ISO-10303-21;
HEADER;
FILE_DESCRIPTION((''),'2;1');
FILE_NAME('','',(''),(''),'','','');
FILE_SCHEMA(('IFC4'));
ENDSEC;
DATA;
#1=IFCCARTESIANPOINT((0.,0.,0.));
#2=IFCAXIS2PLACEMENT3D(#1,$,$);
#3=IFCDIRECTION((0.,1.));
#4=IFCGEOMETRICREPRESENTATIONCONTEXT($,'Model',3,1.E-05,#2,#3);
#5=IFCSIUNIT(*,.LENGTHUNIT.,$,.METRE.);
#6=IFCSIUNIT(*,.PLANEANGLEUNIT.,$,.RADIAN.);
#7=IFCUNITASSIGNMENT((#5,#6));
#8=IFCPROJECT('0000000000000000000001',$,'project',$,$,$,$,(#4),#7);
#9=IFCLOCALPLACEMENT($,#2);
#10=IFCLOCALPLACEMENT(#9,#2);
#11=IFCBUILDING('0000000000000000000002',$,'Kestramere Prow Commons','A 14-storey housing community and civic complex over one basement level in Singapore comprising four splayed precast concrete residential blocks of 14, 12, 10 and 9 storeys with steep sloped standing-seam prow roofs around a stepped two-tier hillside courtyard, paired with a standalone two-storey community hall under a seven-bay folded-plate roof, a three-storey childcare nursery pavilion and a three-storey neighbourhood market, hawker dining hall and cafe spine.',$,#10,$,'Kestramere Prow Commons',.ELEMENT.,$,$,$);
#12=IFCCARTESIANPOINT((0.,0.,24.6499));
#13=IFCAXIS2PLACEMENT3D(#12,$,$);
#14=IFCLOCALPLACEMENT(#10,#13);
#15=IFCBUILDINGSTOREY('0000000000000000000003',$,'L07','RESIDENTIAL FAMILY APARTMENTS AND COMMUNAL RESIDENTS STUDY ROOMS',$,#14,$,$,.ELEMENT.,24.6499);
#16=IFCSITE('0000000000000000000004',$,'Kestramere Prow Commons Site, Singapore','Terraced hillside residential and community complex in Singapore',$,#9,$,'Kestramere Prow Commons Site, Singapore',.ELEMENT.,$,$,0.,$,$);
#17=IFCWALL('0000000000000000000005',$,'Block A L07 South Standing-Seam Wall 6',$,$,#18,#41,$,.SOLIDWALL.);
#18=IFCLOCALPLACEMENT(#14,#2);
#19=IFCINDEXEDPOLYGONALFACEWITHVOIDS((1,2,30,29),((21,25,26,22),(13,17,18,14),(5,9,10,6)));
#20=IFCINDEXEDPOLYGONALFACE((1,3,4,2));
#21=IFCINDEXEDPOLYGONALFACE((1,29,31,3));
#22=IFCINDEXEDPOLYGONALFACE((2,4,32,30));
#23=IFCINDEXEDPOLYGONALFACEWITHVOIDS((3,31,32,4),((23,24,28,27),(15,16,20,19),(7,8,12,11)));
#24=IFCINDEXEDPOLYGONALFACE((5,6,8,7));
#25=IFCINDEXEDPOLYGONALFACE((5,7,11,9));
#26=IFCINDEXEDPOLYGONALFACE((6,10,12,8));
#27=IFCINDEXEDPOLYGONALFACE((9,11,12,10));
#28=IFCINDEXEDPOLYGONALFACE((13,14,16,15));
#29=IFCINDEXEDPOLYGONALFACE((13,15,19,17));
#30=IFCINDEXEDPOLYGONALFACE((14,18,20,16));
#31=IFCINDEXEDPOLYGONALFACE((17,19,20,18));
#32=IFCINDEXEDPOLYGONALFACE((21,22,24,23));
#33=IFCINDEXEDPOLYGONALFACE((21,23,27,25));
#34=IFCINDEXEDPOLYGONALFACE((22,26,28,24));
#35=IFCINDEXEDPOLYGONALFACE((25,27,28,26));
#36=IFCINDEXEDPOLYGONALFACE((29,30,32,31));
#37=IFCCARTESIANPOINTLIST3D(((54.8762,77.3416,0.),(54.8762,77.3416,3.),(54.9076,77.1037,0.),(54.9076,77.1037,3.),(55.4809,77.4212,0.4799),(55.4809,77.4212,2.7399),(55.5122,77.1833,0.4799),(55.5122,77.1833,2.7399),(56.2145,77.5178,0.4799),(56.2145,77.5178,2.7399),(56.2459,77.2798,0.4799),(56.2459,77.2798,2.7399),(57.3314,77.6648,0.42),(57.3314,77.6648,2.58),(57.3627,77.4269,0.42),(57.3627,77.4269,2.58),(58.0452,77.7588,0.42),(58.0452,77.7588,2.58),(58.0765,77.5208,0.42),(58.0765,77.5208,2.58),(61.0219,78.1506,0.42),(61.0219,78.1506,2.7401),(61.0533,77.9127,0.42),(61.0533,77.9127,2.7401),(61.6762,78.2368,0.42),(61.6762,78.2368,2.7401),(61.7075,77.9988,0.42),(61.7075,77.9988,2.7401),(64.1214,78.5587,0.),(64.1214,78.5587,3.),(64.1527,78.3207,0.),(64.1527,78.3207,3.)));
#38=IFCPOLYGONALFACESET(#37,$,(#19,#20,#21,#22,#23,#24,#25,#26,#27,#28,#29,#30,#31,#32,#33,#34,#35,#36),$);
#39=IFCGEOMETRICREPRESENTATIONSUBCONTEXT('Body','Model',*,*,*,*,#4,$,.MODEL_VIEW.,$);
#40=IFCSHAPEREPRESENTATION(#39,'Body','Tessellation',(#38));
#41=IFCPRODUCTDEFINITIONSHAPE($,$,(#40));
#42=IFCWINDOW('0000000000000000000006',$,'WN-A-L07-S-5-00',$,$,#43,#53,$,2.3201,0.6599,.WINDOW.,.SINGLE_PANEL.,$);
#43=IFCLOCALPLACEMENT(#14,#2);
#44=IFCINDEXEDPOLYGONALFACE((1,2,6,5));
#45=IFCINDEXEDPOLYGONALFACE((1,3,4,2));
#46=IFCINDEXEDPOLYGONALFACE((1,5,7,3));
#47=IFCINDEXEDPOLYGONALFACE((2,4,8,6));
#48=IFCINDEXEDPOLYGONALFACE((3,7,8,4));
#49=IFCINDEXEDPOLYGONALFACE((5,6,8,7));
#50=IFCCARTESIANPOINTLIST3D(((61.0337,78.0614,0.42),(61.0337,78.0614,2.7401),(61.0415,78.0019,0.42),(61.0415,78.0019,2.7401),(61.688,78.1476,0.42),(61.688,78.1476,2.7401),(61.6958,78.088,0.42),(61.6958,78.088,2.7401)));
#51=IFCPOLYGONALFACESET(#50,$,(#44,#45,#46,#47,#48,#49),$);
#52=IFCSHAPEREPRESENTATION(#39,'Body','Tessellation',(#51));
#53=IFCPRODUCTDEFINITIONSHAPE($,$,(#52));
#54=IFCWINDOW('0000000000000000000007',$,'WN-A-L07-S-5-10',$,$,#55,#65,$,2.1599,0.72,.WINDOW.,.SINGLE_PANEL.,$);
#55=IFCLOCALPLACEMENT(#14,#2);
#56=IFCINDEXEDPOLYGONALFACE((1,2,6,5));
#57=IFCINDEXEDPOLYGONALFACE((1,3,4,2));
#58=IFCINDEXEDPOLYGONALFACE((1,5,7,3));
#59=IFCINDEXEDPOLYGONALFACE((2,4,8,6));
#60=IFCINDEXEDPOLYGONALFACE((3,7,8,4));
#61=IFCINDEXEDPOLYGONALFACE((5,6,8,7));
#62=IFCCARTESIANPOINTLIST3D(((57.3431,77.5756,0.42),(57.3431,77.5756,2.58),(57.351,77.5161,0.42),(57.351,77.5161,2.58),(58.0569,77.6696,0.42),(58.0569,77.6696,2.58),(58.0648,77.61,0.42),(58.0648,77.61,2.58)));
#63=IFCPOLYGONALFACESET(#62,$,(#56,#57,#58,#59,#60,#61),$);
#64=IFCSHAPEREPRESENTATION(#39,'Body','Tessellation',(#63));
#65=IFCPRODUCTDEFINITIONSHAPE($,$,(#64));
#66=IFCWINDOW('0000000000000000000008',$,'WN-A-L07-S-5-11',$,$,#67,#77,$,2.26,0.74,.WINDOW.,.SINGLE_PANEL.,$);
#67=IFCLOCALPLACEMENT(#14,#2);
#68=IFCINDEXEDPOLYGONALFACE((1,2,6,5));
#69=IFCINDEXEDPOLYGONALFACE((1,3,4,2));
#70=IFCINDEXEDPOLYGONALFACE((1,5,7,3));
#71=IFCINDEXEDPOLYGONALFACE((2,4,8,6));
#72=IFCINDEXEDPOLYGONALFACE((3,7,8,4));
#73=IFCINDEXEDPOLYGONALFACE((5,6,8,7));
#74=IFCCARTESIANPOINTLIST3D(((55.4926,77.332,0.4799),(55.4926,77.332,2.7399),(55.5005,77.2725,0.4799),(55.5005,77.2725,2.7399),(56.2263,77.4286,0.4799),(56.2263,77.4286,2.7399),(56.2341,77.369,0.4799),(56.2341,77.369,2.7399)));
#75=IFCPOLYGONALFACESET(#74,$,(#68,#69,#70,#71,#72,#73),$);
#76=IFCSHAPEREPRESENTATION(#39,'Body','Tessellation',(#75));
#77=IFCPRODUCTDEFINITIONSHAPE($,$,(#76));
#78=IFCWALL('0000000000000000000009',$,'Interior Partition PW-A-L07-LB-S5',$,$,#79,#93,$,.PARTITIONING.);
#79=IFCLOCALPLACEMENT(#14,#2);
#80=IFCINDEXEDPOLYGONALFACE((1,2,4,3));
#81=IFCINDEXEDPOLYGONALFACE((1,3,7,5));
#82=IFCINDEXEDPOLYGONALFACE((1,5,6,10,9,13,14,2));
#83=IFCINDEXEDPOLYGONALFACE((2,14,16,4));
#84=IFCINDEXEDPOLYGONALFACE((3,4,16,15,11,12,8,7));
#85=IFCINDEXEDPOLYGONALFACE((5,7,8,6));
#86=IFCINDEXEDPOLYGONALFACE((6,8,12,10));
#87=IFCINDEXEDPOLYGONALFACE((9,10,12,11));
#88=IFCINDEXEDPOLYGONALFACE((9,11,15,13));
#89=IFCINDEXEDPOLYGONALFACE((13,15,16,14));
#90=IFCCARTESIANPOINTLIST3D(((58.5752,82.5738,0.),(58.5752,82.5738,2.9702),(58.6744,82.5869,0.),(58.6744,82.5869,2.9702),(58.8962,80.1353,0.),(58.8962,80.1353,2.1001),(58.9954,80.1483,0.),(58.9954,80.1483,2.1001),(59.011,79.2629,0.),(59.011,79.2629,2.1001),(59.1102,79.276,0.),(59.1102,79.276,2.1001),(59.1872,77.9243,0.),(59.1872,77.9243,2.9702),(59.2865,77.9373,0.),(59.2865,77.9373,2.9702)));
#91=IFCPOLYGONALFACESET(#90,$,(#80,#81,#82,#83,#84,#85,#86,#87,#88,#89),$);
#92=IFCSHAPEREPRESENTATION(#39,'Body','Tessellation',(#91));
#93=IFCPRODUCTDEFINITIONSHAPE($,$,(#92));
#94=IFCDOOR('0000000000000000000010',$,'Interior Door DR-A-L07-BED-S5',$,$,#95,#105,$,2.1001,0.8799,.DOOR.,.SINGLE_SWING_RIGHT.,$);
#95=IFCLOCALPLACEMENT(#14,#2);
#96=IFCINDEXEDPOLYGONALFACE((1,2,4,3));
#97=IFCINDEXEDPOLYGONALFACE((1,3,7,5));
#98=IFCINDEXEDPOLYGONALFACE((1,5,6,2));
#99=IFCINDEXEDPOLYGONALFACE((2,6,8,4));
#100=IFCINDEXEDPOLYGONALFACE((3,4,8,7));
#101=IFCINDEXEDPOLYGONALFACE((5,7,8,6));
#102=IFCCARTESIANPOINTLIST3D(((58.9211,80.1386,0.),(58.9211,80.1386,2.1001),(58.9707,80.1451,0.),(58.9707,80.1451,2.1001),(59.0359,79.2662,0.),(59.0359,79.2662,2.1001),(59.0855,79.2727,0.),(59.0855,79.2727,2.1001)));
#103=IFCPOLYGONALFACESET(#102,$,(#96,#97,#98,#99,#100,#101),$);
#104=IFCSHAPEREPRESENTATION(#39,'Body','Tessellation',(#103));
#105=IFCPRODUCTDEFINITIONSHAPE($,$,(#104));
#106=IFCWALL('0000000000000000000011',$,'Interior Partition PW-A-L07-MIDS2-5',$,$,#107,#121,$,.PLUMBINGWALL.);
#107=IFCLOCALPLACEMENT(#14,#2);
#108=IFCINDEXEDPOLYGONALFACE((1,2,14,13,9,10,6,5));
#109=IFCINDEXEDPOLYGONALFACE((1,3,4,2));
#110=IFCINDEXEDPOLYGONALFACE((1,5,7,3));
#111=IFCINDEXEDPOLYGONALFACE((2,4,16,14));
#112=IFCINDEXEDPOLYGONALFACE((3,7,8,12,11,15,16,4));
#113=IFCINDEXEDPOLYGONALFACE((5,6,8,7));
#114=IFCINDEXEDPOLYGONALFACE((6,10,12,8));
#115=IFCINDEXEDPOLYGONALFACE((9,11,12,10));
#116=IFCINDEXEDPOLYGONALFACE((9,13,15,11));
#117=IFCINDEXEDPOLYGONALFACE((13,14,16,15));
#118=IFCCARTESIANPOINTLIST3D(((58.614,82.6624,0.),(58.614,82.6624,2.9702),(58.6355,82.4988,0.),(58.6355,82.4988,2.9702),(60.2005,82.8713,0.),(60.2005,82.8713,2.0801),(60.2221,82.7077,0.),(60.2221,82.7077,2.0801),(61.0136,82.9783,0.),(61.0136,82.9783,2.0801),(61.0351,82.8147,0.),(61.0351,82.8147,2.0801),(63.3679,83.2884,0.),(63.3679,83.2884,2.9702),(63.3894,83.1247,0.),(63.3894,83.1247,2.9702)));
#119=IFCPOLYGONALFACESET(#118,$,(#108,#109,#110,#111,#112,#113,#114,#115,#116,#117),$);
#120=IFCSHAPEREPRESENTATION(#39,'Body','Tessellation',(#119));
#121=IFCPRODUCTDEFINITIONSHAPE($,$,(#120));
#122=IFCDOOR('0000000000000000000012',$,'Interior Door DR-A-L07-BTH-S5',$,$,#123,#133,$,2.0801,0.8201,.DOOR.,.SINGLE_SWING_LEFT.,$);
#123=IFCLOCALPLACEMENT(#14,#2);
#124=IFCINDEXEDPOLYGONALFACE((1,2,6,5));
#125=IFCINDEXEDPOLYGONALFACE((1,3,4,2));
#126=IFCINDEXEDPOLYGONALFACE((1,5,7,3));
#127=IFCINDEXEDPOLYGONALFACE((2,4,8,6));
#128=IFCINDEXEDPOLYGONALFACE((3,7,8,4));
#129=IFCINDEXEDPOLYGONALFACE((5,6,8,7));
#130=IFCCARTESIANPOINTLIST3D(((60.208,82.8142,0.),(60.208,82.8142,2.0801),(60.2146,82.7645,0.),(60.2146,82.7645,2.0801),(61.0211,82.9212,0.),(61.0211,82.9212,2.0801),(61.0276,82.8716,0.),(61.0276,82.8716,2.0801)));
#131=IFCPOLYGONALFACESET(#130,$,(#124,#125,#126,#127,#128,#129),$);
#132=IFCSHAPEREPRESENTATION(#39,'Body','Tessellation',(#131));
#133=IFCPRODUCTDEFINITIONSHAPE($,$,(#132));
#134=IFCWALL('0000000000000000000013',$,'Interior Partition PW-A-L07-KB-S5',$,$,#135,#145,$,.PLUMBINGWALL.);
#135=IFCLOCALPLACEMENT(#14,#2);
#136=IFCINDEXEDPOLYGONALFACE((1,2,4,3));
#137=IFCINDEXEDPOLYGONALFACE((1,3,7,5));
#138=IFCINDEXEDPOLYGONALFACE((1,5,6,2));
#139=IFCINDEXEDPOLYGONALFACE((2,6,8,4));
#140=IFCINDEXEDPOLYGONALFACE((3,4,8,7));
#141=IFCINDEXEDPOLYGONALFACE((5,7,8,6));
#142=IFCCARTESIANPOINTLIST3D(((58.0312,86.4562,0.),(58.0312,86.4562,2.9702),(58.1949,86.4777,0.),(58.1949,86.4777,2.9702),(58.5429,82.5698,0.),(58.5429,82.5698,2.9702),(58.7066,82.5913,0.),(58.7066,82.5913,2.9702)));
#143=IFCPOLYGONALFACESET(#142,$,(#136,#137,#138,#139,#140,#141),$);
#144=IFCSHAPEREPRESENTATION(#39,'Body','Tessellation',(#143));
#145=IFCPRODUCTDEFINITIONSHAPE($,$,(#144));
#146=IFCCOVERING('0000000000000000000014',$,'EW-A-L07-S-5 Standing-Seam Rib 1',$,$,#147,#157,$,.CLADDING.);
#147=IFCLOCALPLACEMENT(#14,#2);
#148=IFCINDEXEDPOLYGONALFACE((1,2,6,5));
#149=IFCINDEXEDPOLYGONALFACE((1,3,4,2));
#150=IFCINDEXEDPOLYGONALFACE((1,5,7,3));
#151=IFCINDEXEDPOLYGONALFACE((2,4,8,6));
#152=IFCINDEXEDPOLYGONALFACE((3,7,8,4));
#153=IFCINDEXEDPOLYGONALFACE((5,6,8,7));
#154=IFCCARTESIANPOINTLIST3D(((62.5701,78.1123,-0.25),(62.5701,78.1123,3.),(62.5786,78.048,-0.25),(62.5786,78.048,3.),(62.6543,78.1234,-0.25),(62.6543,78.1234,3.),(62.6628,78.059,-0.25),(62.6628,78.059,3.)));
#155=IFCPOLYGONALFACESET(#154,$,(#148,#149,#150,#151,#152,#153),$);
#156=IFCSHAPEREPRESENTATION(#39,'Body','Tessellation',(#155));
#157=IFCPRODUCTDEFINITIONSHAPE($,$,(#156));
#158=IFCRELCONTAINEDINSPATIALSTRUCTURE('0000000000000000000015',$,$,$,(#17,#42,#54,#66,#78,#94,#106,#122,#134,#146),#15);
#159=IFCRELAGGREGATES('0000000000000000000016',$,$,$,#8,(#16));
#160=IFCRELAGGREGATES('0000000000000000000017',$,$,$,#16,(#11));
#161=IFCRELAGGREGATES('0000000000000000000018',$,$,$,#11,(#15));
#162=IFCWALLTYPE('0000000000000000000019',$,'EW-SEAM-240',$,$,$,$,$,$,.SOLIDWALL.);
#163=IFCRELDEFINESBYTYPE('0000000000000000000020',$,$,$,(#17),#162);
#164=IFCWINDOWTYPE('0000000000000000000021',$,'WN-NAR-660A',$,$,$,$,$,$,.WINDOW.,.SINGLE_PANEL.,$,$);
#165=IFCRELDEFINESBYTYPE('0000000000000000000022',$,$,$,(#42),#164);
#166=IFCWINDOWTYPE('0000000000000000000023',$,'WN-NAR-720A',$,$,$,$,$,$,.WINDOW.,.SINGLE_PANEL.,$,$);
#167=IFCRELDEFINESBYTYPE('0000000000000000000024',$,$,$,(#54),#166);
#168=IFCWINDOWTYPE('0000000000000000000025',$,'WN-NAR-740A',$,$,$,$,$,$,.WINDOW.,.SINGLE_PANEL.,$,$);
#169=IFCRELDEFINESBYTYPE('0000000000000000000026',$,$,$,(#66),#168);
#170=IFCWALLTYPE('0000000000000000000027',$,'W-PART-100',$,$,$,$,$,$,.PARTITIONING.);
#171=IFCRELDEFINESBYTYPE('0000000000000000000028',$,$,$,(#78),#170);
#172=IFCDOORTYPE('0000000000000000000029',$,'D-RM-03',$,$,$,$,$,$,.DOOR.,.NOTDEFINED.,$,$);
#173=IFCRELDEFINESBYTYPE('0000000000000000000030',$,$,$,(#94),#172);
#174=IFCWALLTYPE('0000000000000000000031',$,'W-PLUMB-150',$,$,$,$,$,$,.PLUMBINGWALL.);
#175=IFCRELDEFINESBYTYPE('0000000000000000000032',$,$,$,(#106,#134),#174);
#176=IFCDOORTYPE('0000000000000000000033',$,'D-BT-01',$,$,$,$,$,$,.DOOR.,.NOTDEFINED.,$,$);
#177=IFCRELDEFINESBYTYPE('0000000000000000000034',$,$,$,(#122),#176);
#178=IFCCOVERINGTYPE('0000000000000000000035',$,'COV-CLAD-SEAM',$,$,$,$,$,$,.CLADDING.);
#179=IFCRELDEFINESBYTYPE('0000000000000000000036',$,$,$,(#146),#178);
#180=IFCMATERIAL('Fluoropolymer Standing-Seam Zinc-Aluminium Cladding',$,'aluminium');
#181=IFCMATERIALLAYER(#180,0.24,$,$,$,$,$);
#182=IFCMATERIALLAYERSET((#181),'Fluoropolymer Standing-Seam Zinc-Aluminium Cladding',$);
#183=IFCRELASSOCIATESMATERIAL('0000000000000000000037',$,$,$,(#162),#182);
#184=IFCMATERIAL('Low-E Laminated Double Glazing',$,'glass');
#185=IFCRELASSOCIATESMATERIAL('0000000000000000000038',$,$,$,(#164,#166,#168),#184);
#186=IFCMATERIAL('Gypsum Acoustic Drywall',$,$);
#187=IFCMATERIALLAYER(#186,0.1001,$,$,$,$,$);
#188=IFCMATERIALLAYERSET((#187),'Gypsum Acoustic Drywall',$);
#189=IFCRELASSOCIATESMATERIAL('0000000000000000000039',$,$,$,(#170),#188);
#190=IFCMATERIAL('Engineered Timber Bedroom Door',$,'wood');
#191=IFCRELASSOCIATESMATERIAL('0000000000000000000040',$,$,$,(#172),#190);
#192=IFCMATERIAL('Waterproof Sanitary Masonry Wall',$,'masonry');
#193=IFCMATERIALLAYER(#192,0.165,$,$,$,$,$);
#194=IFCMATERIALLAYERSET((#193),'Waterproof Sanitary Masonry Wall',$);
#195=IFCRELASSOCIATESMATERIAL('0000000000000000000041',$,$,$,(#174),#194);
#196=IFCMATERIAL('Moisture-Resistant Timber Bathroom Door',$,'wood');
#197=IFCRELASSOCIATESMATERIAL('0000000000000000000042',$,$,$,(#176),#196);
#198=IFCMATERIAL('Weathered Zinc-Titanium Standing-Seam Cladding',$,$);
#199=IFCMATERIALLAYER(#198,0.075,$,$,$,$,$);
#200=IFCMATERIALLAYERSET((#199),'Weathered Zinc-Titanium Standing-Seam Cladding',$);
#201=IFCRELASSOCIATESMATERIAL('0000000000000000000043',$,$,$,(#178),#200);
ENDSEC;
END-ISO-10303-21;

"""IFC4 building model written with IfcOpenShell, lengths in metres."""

from ifc_helpers import new_model, si_unit, direction, frame, frame_2d, origin, origin_2d, place, context, subcontext, project, spatial, rectangle, extrude, material, layer, layer_set, type_object, element, fill, save


model = new_model("IFC4")

# Units and contexts
model_context = context("Model", 3, precision=1e-05, world=origin(), true_north=direction((0.0, 1.0)))
body_context = subcontext(model_context, "Body", "Model", "MODEL_VIEW")
ifc_project = project(units=[si_unit("LENGTHUNIT", "METRE"), si_unit("PLANEANGLEUNIT", "RADIAN")], contexts=[model_context])

# Site, building, storey
site_placement = place(None, origin())
site = spatial("IfcSite", under=ifc_project, at=site_placement, Name="Kestramere Prow Commons Site, Singapore", Description="Terraced hillside residential and community complex in Singapore", LongName="Kestramere Prow Commons Site, Singapore", CompositionType="ELEMENT", RefElevation=0.0)
building_placement = place(site_placement, origin())
building = spatial("IfcBuilding", under=site, at=building_placement, Name="Kestramere Prow Commons", Description="A 14-storey housing community and civic complex over one basement level in Singapore comprising four splayed precast concrete residential blocks of 14, 12, 10 and 9 storeys with steep sloped standing-seam prow roofs around a stepped two-tier hillside courtyard, paired with a standalone two-storey community hall under a seven-bay folded-plate roof, a three-storey childcare nursery pavilion and a three-storey neighbourhood market, hawker dining hall and cafe spine.", LongName="Kestramere Prow Commons", CompositionType="ELEMENT")
storey_placement = place(building_placement, frame((0.0, 0.0, 24.6499)))
storey = spatial("IfcBuildingStorey", under=building, at=storey_placement, Name="L07", Description="RESIDENTIAL FAMILY APARTMENTS AND COMMUNAL RESIDENTS STUDY ROOMS", CompositionType="ELEMENT", Elevation=24.6499)

# Wall, openings, windows
ifc_material_1 = material(Name="Fluoropolymer Standing-Seam Zinc-Aluminium Cladding", Category="aluminium")
ifc_layer_1 = layer(ifc_material_1, 0.24)
ifc_layer_set_1 = layer_set([ifc_layer_1], Name="Fluoropolymer Standing-Seam Zinc-Aluminium Cladding")
wall_type_1 = type_object("IfcWallType", Name="EW-SEAM-240", PredefinedType="SOLIDWALL", material=ifc_layer_set_1)
ifc_material_2 = material(Name="Low-E Laminated Double Glazing", Category="glass")
wall_1_placement = place(storey_placement, frame((64.1372, 78.4397, 0.0), z_axis=(0.0, 0.0, 1.0), x_axis=(-0.991446, -0.130515, 0.0)))
wall_1 = element("IfcWall", 1, at=wall_1_placement, inside=storey, type_object=wall_type_1, Name="Block A L07 South Standing-Seam Wall 6", PredefinedType="SOLIDWALL", context=body_context, shape_type="SweptSolid", body=[
    extrude(rectangle(XDim=9.325, YDim=0.24, at=frame_2d((4.6626, 0.0))), origin(), (0.0, 0.0, 1.0), 3.0),
])
opening_1_placement = place(wall_1_placement, frame((2.4663, 0.0, 0.4199)))
opening_1 = element("IfcOpeningElement", 2, at=opening_1_placement, cuts=wall_1, PredefinedType="OPENING", context=body_context, shape_type="SweptSolid", body=[
    extrude(rectangle(XDim=0.6599, YDim=2.3201, at=frame_2d((0.3301, 1.1602))), frame((0.0, 0.135, 0.0), z_axis=(0.0, -1.0, 0.0), x_axis=(1.0, 0.0, 0.0)), (0.0, 0.0, 1.0), 0.27),
])
opening_2_placement = place(wall_1_placement, frame((6.1289, 0.0, 0.4199)))
opening_2 = element("IfcOpeningElement", 3, at=opening_2_placement, cuts=wall_1, PredefinedType="OPENING", context=body_context, shape_type="SweptSolid", body=[
    extrude(rectangle(XDim=0.72, YDim=2.1599, at=frame_2d((0.3599, 1.0801))), frame((0.0, 0.135, 0.0), z_axis=(0.0, -1.0, 0.0), x_axis=(1.0, 0.0, 0.0)), (0.0, 0.0, 1.0), 0.27),
])
opening_3_placement = place(wall_1_placement, frame((7.9751, 0.0, 0.48)))
opening_3 = element("IfcOpeningElement", 4, at=opening_3_placement, cuts=wall_1, PredefinedType="OPENING", context=body_context, shape_type="SweptSolid", body=[
    extrude(rectangle(XDim=0.74, YDim=2.26, at=frame_2d((0.3701, 1.1299))), frame((0.0, 0.135, 0.0), z_axis=(0.0, -1.0, 0.0), x_axis=(1.0, 0.0, 0.0)), (0.0, 0.0, 1.0), 0.27),
])
window_type_1 = type_object("IfcWindowType", Name="WN-NAR-660A", PartitioningType="SINGLE_PANEL", PredefinedType="WINDOW", material=ifc_material_2)
window_1_placement = place(opening_1_placement, origin())
window_1 = element("IfcWindow", 5, at=window_1_placement, inside=storey, type_object=window_type_1, Name="WN-A-L07-S-5-00", OverallHeight=2.3201, OverallWidth=0.6599, PartitioningType="SINGLE_PANEL", PredefinedType="WINDOW", context=body_context, shape_type="SweptSolid", body=[
    extrude(rectangle(XDim=0.6599, YDim=2.3201, at=frame_2d((0.3301, 1.1602))), frame((0.0, 0.03, 0.0), z_axis=(0.0, -1.0, 0.0), x_axis=(1.0, 0.0, 0.0)), (0.0, 0.0, 1.0), 0.0601),
])
fill(opening_1, window_1)
window_type_2 = type_object("IfcWindowType", Name="WN-NAR-720A", PartitioningType="SINGLE_PANEL", PredefinedType="WINDOW", material=ifc_material_2)
window_2_placement = place(opening_2_placement, origin())
window_2 = element("IfcWindow", 6, at=window_2_placement, inside=storey, type_object=window_type_2, Name="WN-A-L07-S-5-10", OverallHeight=2.1599, OverallWidth=0.72, PartitioningType="SINGLE_PANEL", PredefinedType="WINDOW", context=body_context, shape_type="SweptSolid", body=[
    extrude(rectangle(XDim=0.72, YDim=2.1599, at=frame_2d((0.3599, 1.0801))), frame((0.0, 0.03, 0.0), z_axis=(0.0, -1.0, 0.0), x_axis=(1.0, 0.0, 0.0)), (0.0, 0.0, 1.0), 0.0601),
])
fill(opening_2, window_2)
window_type_3 = type_object("IfcWindowType", Name="WN-NAR-740A", PartitioningType="SINGLE_PANEL", PredefinedType="WINDOW", material=ifc_material_2)
window_3_placement = place(opening_3_placement, origin())
window_3 = element("IfcWindow", 7, at=window_3_placement, inside=storey, type_object=window_type_3, Name="WN-A-L07-S-5-11", OverallHeight=2.26, OverallWidth=0.74, PartitioningType="SINGLE_PANEL", PredefinedType="WINDOW", context=body_context, shape_type="SweptSolid", body=[
    extrude(rectangle(XDim=0.74, YDim=2.26, at=frame_2d((0.3701, 1.1299))), frame((0.0, 0.03, 0.0), z_axis=(0.0, -1.0, 0.0), x_axis=(1.0, 0.0, 0.0)), (0.0, 0.0, 1.0), 0.0601),
])
fill(opening_3, window_3)

# Walls, openings, doors
ifc_material_3 = material(Name="Gypsum Acoustic Drywall")
ifc_layer_2 = layer(ifc_material_3, 0.1001)
ifc_layer_set_2 = layer_set([ifc_layer_2], Name="Gypsum Acoustic Drywall")
wall_type_2 = type_object("IfcWallType", Name="W-PART-100", PredefinedType="PARTITIONING", material=ifc_layer_set_2)
wall_2_placement = place(storey_placement, frame((59.2368, 77.9309, 0.0), z_axis=(0.0, 0.0, 1.0), x_axis=(-0.13051, 0.991447, 0.0)))
wall_2 = element("IfcWall", 8, at=wall_2_placement, inside=storey, type_object=wall_type_2, Name="Interior Partition PW-A-L07-LB-S5", PredefinedType="PARTITIONING", context=body_context, shape_type="SweptSolid", body=[
    extrude(rectangle(XDim=4.6897, YDim=0.1001, at=frame_2d((2.3447, 0.0))), origin(), (0.0, 0.0, 1.0), 2.9702),
])
opening_4_placement = place(wall_2_placement, frame((1.3501, 0.0, 0.0)))
opening_4 = element("IfcOpeningElement", 9, at=opening_4_placement, cuts=wall_2, PredefinedType="OPENING", context=body_context, shape_type="SweptSolid", body=[
    extrude(rectangle(XDim=0.8799, YDim=2.1001, at=frame_2d((0.4399, 1.05))), frame((0.0, 0.0649, 0.0), z_axis=(0.0, -1.0, 0.0), x_axis=(1.0, 0.0, 0.0)), (0.0, 0.0, 1.0), 0.1301),
])
ifc_material_4 = material(Name="Engineered Timber Bedroom Door", Category="wood")
door_type_1 = type_object("IfcDoorType", Name="D-RM-03", OperationType="NOTDEFINED", PredefinedType="DOOR", material=ifc_material_4)
door_1_placement = place(opening_4_placement, origin())
door_1 = element("IfcDoor", 10, at=door_1_placement, inside=storey, type_object=door_type_1, Name="Interior Door DR-A-L07-BED-S5", OperationType="SINGLE_SWING_RIGHT", OverallHeight=2.1001, OverallWidth=0.8799, PredefinedType="DOOR", context=body_context, shape_type="SweptSolid", body=[
    extrude(rectangle(XDim=0.8799, YDim=2.1001, at=frame_2d((0.4399, 1.05))), frame((0.0, 0.0249, 0.0), z_axis=(0.0, -1.0, 0.0), x_axis=(1.0, 0.0, 0.0)), (0.0, 0.0, 1.0), 0.05),
])
fill(opening_4, door_1)
ifc_material_5 = material(Name="Waterproof Sanitary Masonry Wall", Category="masonry")
ifc_layer_3 = layer(ifc_material_5, 0.165)
ifc_layer_set_3 = layer_set([ifc_layer_3], Name="Waterproof Sanitary Masonry Wall")
wall_type_3 = type_object("IfcWallType", Name="W-PLUMB-150", PredefinedType="PLUMBINGWALL", material=ifc_layer_set_3)
wall_3_placement = place(storey_placement, frame((58.6248, 82.5806, 0.0), z_axis=(0.0, 0.0, 1.0), x_axis=(0.991442, 0.130549, 0.0)))
wall_3 = element("IfcWall", 11, at=wall_3_placement, inside=storey, type_object=wall_type_3, Name="Interior Partition PW-A-L07-MIDS2-5", PredefinedType="PLUMBINGWALL", context=body_context, shape_type="SweptSolid", body=[
    extrude(rectangle(XDim=4.7949, YDim=0.165, at=frame_2d((2.3975, 0.0))), origin(), (0.0, 0.0, 1.0), 2.9702),
])
opening_5_placement = place(wall_3_placement, frame((1.6001, 0.0, 0.0)))
opening_5 = element("IfcOpeningElement", 12, at=opening_5_placement, cuts=wall_3, PredefinedType="OPENING", context=body_context, shape_type="SweptSolid", body=[
    extrude(rectangle(XDim=0.8201, YDim=2.0801, at=frame_2d((0.4102, 1.04))), frame((0.0, 0.0974, 0.0), z_axis=(0.0, -1.0, 0.0), x_axis=(1.0, 0.0, 0.0)), (0.0, 0.0, 1.0), 0.1951),
])
ifc_material_6 = material(Name="Moisture-Resistant Timber Bathroom Door", Category="wood")
door_type_2 = type_object("IfcDoorType", Name="D-BT-01", OperationType="NOTDEFINED", PredefinedType="DOOR", material=ifc_material_6)
door_2_placement = place(opening_5_placement, origin())
door_2 = element("IfcDoor", 13, at=door_2_placement, inside=storey, type_object=door_type_2, Name="Interior Door DR-A-L07-BTH-S5", OperationType="SINGLE_SWING_LEFT", OverallHeight=2.0801, OverallWidth=0.8201, PredefinedType="DOOR", context=body_context, shape_type="SweptSolid", body=[
    extrude(rectangle(XDim=0.8201, YDim=2.0801, at=frame_2d((0.4102, 1.04))), frame((0.0, 0.0249, 0.0), z_axis=(0.0, -1.0, 0.0), x_axis=(1.0, 0.0, 0.0)), (0.0, 0.0, 1.0), 0.05),
])
fill(opening_5, door_2)

# Wall
wall_4_placement = place(storey_placement, frame((58.6248, 82.5806, 0.0), z_axis=(0.0, 0.0, 1.0), x_axis=(-0.13054, 0.991443, 0.0)))
element("IfcWall", 14, at=wall_4_placement, inside=storey, type_object=wall_type_3, Name="Interior Partition PW-A-L07-KB-S5", PredefinedType="PLUMBINGWALL", context=body_context, shape_type="SweptSolid", body=[
    extrude(rectangle(XDim=3.9199, YDim=0.165, at=frame_2d((1.96, 0.0))), origin(), (0.0, 0.0, 1.0), 2.9702),
])

# Covering
ifc_material_7 = material(Name="Weathered Zinc-Titanium Standing-Seam Cladding")
ifc_layer_4 = layer(ifc_material_7, 0.075)
ifc_layer_set_4 = layer_set([ifc_layer_4], Name="Weathered Zinc-Titanium Standing-Seam Cladding")
covering_type = type_object("IfcCoveringType", Name="COV-CLAD-SEAM", PredefinedType="CLADDING", material=ifc_layer_set_4)
for number, where, z_axis, x_axis, name in (
    (15, (62.6165, 78.0857, -0.25), (0.0, 0.0, 1.0), (-0.991445, -0.130526, 0.0), "EW-A-L07-S-5 Standing-Seam Rib 1"),
):
    element("IfcCovering", number, at=place(storey_placement, frame(where, z_axis=z_axis, x_axis=x_axis)), inside=storey, type_object=covering_type, Name=name, PredefinedType="CLADDING", context=body_context, shape_type="SweptSolid", body=[
        extrude(rectangle(XDim=0.085, YDim=0.0649, at=origin_2d()), origin(), (0.0, 0.0, 1.0), 3.25),
    ])

save(model, "model.ifc")
